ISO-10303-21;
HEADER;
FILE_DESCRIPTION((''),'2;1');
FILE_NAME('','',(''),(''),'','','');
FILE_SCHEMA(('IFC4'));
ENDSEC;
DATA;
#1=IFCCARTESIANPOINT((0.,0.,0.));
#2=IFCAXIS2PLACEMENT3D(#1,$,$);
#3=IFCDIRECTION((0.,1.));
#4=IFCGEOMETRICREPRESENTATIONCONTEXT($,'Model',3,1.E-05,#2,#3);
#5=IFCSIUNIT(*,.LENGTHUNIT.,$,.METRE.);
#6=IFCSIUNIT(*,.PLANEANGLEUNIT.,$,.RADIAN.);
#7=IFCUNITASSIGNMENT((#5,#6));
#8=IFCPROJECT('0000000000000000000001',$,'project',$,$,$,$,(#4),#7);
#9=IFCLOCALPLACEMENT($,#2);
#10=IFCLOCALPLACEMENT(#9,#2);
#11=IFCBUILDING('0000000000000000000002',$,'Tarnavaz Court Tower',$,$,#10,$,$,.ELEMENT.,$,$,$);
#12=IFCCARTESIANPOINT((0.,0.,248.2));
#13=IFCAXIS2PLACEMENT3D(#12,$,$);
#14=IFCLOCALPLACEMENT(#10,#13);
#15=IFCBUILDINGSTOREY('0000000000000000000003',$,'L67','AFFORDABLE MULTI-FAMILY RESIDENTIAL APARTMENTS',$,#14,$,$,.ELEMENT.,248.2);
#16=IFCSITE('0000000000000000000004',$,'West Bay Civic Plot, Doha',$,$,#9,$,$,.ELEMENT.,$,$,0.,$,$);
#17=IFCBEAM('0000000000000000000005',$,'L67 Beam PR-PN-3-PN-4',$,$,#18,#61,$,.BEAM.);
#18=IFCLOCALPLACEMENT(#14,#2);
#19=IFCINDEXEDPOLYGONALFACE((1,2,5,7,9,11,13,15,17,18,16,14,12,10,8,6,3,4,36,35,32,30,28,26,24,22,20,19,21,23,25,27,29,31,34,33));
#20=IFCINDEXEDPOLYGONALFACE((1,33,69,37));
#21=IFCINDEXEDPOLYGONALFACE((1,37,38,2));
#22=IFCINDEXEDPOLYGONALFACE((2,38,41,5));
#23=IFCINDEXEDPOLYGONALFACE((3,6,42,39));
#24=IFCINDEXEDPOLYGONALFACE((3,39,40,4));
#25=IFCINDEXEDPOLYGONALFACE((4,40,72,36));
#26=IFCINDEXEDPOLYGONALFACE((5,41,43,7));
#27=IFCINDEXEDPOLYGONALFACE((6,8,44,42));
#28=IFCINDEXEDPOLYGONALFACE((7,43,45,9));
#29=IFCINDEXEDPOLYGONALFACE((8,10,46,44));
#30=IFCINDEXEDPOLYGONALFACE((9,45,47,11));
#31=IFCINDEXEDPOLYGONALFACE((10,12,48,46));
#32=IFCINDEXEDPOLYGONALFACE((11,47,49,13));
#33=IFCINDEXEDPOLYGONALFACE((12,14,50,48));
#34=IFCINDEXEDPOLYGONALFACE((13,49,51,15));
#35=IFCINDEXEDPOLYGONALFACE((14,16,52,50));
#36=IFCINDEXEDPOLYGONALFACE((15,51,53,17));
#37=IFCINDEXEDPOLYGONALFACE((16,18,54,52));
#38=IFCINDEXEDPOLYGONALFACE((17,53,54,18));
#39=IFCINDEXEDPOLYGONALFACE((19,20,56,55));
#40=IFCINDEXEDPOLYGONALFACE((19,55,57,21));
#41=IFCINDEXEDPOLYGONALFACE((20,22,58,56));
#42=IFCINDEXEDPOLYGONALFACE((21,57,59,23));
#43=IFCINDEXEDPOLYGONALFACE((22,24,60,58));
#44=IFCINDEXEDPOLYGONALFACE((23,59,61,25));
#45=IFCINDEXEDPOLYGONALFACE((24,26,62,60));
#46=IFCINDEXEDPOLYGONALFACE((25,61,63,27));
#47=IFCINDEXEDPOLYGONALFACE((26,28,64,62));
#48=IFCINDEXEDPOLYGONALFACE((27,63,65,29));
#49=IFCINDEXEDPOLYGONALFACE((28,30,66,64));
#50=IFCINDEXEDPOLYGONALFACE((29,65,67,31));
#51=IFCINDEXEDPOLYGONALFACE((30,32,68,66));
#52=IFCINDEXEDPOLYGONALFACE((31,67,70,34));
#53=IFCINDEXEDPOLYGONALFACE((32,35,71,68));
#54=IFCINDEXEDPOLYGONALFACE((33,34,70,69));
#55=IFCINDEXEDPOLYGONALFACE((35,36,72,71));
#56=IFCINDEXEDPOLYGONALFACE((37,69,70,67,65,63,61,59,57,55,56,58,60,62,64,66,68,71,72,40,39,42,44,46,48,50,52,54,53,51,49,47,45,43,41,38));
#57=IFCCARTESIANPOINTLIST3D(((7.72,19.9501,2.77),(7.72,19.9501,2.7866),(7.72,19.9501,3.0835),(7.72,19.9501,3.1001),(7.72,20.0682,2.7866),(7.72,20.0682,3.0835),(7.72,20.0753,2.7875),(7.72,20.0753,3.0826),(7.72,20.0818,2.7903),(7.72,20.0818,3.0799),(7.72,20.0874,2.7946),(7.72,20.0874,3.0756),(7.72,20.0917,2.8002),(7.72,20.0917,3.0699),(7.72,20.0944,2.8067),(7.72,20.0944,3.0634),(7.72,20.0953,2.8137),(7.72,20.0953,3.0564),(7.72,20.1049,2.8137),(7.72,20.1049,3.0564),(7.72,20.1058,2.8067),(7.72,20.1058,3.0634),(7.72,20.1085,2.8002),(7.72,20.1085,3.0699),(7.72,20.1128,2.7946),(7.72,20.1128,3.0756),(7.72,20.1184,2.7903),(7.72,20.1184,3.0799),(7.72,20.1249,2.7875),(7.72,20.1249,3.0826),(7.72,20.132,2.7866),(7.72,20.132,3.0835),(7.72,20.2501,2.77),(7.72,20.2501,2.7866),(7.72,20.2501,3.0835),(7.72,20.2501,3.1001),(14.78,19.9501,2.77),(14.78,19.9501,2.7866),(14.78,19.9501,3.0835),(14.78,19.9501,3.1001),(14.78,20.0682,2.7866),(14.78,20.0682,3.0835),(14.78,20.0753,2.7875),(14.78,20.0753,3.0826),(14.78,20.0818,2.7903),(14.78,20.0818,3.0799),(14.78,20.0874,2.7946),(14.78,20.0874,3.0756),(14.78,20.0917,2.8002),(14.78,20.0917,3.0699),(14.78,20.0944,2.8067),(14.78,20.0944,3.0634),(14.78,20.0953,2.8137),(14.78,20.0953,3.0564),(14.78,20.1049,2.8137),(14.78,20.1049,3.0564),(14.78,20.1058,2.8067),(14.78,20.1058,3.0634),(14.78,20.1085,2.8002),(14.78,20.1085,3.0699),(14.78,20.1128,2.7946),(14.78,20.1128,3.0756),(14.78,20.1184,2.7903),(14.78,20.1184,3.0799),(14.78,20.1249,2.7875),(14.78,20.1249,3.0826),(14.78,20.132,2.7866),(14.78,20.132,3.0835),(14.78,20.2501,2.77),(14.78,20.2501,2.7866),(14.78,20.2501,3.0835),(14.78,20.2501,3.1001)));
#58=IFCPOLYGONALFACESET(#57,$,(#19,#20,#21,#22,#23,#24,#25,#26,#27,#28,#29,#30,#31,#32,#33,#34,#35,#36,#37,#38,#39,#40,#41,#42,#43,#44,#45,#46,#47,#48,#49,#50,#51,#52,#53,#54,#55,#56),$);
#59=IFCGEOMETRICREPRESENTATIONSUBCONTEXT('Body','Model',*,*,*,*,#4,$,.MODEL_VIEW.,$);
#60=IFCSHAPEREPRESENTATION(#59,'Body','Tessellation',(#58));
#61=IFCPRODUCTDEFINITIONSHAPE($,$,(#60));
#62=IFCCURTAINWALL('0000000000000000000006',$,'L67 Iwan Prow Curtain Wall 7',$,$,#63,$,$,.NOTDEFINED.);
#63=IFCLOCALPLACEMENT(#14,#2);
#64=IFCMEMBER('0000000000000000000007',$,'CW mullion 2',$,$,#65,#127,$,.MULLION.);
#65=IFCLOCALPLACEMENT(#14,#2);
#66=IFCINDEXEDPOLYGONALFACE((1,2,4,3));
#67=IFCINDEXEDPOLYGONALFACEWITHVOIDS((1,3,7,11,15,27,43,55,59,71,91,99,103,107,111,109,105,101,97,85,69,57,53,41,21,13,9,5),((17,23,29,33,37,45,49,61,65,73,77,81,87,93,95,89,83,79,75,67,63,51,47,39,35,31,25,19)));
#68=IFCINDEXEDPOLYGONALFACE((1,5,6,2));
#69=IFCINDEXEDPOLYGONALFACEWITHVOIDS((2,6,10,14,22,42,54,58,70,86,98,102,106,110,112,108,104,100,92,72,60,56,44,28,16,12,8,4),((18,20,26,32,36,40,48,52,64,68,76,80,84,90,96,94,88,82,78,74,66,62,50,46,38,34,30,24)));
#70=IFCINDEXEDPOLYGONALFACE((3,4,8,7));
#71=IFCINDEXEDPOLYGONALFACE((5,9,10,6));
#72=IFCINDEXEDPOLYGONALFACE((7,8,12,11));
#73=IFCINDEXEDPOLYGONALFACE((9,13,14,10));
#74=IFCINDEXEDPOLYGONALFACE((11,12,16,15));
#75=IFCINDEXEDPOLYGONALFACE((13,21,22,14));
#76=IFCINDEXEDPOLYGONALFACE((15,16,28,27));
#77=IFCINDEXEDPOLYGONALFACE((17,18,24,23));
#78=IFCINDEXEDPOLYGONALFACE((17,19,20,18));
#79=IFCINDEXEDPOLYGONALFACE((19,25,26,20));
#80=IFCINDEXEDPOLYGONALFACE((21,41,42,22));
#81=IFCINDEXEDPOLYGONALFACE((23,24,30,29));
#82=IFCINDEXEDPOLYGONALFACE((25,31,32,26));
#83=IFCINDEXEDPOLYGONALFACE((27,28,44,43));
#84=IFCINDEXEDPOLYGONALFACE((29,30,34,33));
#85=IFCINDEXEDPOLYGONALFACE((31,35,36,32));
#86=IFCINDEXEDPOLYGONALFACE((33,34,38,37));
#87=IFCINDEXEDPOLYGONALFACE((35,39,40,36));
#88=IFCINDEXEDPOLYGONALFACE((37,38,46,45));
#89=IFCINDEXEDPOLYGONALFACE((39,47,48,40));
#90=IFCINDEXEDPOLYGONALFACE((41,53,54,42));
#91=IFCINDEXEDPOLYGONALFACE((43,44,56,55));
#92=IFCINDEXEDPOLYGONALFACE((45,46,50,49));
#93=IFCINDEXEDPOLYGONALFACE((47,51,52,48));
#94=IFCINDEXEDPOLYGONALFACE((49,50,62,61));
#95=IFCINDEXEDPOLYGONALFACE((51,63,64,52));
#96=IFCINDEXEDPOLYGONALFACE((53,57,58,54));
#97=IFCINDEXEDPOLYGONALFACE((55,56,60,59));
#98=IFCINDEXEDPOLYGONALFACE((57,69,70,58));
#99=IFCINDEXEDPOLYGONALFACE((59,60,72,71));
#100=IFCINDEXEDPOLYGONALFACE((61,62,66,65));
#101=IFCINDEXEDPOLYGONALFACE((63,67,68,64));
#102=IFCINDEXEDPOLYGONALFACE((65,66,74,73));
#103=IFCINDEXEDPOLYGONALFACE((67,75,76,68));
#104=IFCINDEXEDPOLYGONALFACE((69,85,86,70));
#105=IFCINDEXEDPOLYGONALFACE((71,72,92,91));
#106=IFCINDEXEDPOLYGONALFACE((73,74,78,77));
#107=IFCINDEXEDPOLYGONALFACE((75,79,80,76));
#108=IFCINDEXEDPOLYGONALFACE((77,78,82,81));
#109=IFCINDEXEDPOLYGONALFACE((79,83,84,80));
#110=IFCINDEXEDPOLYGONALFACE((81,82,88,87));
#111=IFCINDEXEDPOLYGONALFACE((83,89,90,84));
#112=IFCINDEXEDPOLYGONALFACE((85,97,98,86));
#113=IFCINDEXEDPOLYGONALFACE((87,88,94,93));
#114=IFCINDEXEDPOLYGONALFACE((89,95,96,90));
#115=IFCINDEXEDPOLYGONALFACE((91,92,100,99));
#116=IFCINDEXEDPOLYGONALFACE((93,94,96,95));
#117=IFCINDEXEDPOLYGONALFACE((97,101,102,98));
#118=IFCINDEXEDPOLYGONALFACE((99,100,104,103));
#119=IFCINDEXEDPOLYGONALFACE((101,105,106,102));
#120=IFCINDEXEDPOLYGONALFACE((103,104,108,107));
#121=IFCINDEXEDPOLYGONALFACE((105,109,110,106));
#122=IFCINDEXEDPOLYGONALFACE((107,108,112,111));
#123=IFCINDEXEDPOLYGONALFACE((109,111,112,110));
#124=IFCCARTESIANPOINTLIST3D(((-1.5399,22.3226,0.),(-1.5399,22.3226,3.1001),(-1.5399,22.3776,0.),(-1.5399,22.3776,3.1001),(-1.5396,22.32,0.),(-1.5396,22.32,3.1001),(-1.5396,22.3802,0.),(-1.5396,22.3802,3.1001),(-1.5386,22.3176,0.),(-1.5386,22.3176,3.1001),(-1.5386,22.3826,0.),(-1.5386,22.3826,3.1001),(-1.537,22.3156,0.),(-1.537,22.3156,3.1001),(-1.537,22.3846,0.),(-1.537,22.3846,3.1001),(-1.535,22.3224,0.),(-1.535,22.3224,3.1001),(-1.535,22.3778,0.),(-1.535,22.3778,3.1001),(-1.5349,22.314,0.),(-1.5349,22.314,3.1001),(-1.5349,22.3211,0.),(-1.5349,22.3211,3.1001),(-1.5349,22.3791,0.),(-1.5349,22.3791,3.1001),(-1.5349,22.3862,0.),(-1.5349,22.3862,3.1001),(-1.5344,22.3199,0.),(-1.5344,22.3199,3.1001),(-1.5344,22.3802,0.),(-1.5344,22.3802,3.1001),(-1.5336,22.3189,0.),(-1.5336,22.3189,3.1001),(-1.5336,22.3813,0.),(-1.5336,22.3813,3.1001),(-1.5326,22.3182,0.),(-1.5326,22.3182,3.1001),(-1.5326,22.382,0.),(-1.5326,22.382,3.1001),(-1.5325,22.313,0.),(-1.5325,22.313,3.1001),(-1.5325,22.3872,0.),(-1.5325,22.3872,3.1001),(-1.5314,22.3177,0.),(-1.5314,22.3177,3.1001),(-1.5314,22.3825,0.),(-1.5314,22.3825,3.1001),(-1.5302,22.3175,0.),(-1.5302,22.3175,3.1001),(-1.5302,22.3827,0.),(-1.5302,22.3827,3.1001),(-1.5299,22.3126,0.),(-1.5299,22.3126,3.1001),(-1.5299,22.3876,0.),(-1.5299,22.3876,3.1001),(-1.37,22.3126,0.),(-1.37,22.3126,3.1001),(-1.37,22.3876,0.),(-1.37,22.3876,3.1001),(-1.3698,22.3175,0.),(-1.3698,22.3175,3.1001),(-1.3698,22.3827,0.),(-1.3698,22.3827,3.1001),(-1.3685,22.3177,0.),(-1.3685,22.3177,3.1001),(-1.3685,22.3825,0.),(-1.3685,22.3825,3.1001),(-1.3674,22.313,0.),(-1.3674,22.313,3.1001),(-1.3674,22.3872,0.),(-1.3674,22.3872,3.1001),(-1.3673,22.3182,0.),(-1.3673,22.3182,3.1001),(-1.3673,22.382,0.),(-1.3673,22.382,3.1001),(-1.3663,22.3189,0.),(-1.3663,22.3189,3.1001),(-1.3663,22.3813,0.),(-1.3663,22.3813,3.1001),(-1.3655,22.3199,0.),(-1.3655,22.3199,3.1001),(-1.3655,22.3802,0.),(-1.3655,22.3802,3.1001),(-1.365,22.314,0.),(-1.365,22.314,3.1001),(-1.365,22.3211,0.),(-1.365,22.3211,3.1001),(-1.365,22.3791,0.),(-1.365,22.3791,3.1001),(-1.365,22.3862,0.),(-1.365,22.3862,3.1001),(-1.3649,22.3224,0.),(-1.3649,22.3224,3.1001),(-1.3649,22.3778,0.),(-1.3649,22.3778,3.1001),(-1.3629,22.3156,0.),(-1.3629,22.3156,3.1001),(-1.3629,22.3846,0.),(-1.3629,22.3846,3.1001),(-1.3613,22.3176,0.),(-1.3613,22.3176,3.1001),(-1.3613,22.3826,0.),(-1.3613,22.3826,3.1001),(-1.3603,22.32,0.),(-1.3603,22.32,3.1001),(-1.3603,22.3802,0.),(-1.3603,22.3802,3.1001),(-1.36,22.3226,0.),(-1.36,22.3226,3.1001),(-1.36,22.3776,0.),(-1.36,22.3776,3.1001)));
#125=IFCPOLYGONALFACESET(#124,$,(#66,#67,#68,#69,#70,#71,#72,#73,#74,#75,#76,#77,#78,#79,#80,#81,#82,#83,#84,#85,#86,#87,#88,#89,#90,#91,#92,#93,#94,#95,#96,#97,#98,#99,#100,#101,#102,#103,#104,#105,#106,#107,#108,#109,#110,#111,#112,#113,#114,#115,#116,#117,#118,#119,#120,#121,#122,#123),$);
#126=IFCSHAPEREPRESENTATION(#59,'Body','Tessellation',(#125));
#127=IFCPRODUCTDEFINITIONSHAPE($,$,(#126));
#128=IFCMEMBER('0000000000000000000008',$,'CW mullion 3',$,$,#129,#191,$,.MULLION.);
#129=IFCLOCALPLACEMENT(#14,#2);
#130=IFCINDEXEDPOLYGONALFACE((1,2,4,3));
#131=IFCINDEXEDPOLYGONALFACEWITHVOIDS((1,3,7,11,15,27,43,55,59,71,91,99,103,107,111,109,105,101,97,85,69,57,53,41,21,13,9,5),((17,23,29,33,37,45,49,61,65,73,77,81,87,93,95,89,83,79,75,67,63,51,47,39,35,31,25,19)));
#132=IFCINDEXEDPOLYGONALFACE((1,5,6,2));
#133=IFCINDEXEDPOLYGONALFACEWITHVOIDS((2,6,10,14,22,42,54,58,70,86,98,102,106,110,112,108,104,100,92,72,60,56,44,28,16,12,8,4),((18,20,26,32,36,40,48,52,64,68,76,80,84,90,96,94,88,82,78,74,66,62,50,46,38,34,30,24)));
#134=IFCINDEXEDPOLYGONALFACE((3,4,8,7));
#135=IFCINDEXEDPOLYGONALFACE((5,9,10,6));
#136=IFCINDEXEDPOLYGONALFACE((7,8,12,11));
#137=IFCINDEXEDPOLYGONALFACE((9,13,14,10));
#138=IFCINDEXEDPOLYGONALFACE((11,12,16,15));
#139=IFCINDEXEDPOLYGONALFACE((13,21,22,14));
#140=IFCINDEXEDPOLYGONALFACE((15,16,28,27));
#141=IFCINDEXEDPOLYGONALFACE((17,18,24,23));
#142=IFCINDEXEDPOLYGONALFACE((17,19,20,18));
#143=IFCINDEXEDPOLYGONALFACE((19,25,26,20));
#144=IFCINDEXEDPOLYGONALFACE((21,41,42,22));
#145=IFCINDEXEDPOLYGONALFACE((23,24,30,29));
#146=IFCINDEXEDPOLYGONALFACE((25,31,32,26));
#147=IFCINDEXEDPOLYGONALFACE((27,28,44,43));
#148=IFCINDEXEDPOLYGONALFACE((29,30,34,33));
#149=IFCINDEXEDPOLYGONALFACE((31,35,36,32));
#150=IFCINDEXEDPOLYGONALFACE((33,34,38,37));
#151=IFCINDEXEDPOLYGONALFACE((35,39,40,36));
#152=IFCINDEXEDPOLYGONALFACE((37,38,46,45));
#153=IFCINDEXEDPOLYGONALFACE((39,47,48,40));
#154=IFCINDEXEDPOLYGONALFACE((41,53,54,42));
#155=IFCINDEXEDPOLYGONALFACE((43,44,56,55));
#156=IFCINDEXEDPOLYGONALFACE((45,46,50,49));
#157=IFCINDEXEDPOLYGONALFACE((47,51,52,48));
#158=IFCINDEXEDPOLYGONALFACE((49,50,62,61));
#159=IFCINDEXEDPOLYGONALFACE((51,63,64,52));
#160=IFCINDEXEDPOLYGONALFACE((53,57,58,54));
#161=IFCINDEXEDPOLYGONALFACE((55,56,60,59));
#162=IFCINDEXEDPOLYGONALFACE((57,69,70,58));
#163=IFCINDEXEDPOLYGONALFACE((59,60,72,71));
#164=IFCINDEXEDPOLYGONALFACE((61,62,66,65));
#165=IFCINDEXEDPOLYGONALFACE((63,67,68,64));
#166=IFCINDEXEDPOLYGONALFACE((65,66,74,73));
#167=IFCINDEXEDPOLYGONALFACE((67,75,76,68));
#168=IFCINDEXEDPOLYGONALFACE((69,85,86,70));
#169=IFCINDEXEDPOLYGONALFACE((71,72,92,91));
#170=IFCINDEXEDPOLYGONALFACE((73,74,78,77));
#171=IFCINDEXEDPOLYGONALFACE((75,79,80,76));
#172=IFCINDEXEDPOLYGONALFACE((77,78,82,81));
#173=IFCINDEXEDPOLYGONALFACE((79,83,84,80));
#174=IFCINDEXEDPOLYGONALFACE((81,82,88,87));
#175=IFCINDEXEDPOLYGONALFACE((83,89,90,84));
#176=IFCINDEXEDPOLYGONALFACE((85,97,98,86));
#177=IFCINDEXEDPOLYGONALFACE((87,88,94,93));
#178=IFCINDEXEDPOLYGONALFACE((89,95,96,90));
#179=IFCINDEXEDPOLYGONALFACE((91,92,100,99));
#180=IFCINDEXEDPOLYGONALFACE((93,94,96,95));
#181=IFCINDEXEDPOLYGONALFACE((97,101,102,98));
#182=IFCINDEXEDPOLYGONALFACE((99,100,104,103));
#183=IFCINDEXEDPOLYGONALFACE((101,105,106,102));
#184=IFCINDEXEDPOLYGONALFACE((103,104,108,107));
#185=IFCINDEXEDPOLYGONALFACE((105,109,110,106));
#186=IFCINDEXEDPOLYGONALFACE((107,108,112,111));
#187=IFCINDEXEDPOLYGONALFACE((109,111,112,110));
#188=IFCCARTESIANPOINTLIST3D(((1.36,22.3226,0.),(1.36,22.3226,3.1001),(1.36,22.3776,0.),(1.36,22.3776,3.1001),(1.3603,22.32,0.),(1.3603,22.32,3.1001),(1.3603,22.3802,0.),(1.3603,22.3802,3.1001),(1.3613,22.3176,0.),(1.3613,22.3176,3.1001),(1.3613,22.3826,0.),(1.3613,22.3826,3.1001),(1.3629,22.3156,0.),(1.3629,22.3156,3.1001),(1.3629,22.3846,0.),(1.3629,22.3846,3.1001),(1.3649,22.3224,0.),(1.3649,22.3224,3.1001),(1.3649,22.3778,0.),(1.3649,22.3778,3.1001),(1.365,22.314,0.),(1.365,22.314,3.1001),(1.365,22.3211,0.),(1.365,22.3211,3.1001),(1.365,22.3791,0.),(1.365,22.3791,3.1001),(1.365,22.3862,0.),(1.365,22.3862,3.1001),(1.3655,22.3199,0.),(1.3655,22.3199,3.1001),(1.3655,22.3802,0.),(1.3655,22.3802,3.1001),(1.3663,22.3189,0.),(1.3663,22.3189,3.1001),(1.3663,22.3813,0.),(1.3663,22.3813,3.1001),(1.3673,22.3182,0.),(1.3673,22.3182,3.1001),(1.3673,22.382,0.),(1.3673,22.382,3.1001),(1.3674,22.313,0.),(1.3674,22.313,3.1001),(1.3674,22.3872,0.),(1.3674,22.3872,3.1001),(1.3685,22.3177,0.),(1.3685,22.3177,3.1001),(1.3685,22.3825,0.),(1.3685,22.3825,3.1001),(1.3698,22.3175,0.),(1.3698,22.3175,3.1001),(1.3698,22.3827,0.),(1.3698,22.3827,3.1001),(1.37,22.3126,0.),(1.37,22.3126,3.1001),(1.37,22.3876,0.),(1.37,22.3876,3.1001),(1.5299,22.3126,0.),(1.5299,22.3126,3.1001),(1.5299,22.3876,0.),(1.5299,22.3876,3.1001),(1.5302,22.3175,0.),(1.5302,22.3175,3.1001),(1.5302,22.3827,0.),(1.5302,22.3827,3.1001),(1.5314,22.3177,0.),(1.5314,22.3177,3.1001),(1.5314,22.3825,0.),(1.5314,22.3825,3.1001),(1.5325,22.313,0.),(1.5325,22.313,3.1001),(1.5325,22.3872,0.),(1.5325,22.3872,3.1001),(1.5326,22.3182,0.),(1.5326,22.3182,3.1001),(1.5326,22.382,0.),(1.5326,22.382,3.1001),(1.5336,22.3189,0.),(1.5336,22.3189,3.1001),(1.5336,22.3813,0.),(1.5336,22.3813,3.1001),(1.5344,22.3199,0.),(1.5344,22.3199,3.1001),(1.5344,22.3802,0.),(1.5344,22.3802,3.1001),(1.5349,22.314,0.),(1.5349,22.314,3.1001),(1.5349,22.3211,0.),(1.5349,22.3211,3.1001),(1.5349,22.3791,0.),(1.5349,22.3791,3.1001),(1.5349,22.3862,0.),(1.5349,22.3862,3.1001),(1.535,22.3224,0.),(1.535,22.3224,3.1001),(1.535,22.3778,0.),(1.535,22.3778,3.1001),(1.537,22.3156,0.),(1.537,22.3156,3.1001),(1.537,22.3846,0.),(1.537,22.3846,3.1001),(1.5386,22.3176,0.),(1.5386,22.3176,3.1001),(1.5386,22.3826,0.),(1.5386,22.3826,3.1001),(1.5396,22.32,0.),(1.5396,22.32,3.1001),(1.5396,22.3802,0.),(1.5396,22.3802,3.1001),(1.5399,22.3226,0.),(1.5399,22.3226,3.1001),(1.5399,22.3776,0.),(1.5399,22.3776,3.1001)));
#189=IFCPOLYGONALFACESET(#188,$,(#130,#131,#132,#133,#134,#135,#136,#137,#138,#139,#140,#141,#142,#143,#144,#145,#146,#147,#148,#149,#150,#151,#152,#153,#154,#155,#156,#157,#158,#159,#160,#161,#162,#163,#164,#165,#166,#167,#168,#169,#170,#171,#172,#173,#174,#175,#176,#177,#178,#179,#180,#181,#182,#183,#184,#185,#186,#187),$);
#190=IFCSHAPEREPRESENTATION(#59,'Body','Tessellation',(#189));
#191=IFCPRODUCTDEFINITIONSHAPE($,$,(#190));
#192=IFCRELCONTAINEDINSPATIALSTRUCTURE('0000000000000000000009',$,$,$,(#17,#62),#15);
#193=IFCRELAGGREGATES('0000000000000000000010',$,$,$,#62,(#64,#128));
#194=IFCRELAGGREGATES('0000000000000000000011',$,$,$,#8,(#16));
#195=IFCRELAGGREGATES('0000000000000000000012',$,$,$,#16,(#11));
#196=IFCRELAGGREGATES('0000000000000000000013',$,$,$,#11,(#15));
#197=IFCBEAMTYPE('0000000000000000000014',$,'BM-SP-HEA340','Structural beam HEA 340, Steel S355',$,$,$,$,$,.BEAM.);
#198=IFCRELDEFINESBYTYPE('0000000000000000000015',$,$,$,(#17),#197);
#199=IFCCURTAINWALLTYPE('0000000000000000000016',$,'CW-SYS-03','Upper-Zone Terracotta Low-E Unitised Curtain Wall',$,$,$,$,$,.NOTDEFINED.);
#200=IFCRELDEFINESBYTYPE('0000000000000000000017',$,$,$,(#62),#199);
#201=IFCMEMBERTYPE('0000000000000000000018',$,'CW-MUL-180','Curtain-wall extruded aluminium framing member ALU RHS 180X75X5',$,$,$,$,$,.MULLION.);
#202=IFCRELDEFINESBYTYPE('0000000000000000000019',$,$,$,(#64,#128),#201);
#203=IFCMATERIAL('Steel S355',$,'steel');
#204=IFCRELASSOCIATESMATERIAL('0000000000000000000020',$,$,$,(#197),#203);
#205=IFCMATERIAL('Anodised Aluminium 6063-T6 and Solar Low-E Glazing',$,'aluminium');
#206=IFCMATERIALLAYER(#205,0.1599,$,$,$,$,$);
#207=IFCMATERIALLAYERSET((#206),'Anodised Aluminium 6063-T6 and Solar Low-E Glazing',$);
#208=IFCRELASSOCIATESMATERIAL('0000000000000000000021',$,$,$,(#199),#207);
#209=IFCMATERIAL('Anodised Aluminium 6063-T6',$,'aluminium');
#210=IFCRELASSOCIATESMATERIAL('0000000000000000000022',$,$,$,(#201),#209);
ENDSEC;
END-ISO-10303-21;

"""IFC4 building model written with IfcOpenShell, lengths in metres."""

from ifc_helpers import new_model, si_unit, direction, frame, origin, origin_2d, place, context, subcontext, project, spatial, hollow_rectangle, i_section, extrude, material, layer, layer_set, material_profile, profile_set, type_object, element, aggregate, save


model = new_model("IFC4")

# Units and contexts
model_context = context("Model", 3, precision=1e-05, world=origin(), true_north=direction((0.0, 1.0)))
body_context = subcontext(model_context, "Body", "Model", "MODEL_VIEW")
ifc_project = project(units=[si_unit("LENGTHUNIT", "METRE"), si_unit("PLANEANGLEUNIT", "RADIAN")], contexts=[model_context])

# Site, building, storey
site_placement = place(None, origin())
site = spatial("IfcSite", under=ifc_project, at=site_placement, Name="West Bay Civic Plot, Doha", CompositionType="ELEMENT", RefElevation=0.0)
building_placement = place(site_placement, origin())
building = spatial("IfcBuilding", under=site, at=building_placement, Name="Tarnavaz Court Tower", CompositionType="ELEMENT")
storey_placement = place(building_placement, frame((0.0, 0.0, 248.2)))
storey = spatial("IfcBuildingStorey", under=building, at=storey_placement, Name="L67", Description="AFFORDABLE MULTI-FAMILY RESIDENTIAL APARTMENTS", CompositionType="ELEMENT", Elevation=248.2)

# Beam
ifc_material_1 = material(Name="Steel S355", Category="steel")
ifc_material_profile_1 = material_profile(ifc_material_1, i_section(OverallWidth=0.3, OverallDepth=0.3301, WebThickness=0.0095, FlangeThickness=0.0166, FilletRadius=0.0271, at=origin_2d()), Name="HEA 340")
ifc_profile_set_1 = profile_set([ifc_material_profile_1], Name="Steel S355")
beam_type_1 = type_object("IfcBeamType", Name="BM-SP-HEA340", Description="Structural beam HEA 340, Steel S355", PredefinedType="BEAM", material=ifc_profile_set_1)
beam_placement = place(storey_placement, frame((7.72, 20.1001, 2.9351), z_axis=(1.0, 0.0, 0.0), x_axis=(0.0, 1.0, 0.0)))
element("IfcBeam", 1, at=beam_placement, inside=storey, type_object=beam_type_1, Name="L67 Beam PR-PN-3-PN-4", PredefinedType="BEAM", context=body_context, shape_type="SweptSolid", body=[
    extrude(i_section(OverallWidth=0.3, OverallDepth=0.3301, WebThickness=0.0095, FlangeThickness=0.0166, FilletRadius=0.0271, at=origin_2d()), origin(), (0.0, 0.0, 1.0), 7.0601),
])

# Curtain wall, members
ifc_material_2 = material(Name="Anodised Aluminium 6063-T6 and Solar Low-E Glazing", Category="aluminium")
ifc_layer_1 = layer(ifc_material_2, 0.1599)
ifc_layer_set_1 = layer_set([ifc_layer_1], Name="Anodised Aluminium 6063-T6 and Solar Low-E Glazing")
curtain_wall_type = type_object("IfcCurtainWallType", Name="CW-SYS-03", Description="Upper-Zone Terracotta Low-E Unitised Curtain Wall", PredefinedType="NOTDEFINED", material=ifc_layer_set_1)
curtain_wall_placement = place(storey_placement, origin())
curtain_wall = element("IfcCurtainWall", 2, at=curtain_wall_placement, inside=storey, type_object=curtain_wall_type, Name="L67 Iwan Prow Curtain Wall 7", PredefinedType="NOTDEFINED")
ifc_material_3 = material(Name="Anodised Aluminium 6063-T6", Category="aluminium")
ifc_material_profile_2 = material_profile(ifc_material_3, hollow_rectangle(XDim=0.075, YDim=0.1799, WallThickness=0.0049, InnerFilletRadius=0.0049, OuterFilletRadius=0.01, at=origin_2d()), Name="ALU RHS 180X75X5")
ifc_profile_set_2 = profile_set([ifc_material_profile_2], Name="Anodised Aluminium 6063-T6")
member_type_1 = type_object("IfcMemberType", Name="CW-MUL-180", Description="Curtain-wall extruded aluminium framing member ALU RHS 180X75X5", PredefinedType="MULLION", material=ifc_profile_set_2)
member_1_placement = place(storey_placement, frame((-1.45, 22.3501, 0.0), z_axis=(0.0, 0.0, 1.0), x_axis=(0.0, 1.0, 0.0)))
member_1 = element("IfcMember", 3, at=member_1_placement, type_object=member_type_1, Name="CW mullion 2", PredefinedType="MULLION", context=body_context, shape_type="SweptSolid", body=[
    extrude(hollow_rectangle(XDim=0.075, YDim=0.1799, WallThickness=0.0049, InnerFilletRadius=0.0049, OuterFilletRadius=0.01, at=origin_2d()), origin(), (0.0, 0.0, 1.0), 3.1001),
])
member_2_placement = place(storey_placement, frame((1.45, 22.3501, 0.0), z_axis=(0.0, 0.0, 1.0), x_axis=(0.0, 1.0, 0.0)))
member_2 = element("IfcMember", 4, at=member_2_placement, type_object=member_type_1, Name="CW mullion 3", PredefinedType="MULLION", context=body_context, shape_type="SweptSolid", body=[
    extrude(hollow_rectangle(XDim=0.075, YDim=0.1799, WallThickness=0.0049, InnerFilletRadius=0.0049, OuterFilletRadius=0.01, at=origin_2d()), origin(), (0.0, 0.0, 1.0), 3.1001),
])
aggregate(curtain_wall, [member_1, member_2])

save(model, "model.ifc")
